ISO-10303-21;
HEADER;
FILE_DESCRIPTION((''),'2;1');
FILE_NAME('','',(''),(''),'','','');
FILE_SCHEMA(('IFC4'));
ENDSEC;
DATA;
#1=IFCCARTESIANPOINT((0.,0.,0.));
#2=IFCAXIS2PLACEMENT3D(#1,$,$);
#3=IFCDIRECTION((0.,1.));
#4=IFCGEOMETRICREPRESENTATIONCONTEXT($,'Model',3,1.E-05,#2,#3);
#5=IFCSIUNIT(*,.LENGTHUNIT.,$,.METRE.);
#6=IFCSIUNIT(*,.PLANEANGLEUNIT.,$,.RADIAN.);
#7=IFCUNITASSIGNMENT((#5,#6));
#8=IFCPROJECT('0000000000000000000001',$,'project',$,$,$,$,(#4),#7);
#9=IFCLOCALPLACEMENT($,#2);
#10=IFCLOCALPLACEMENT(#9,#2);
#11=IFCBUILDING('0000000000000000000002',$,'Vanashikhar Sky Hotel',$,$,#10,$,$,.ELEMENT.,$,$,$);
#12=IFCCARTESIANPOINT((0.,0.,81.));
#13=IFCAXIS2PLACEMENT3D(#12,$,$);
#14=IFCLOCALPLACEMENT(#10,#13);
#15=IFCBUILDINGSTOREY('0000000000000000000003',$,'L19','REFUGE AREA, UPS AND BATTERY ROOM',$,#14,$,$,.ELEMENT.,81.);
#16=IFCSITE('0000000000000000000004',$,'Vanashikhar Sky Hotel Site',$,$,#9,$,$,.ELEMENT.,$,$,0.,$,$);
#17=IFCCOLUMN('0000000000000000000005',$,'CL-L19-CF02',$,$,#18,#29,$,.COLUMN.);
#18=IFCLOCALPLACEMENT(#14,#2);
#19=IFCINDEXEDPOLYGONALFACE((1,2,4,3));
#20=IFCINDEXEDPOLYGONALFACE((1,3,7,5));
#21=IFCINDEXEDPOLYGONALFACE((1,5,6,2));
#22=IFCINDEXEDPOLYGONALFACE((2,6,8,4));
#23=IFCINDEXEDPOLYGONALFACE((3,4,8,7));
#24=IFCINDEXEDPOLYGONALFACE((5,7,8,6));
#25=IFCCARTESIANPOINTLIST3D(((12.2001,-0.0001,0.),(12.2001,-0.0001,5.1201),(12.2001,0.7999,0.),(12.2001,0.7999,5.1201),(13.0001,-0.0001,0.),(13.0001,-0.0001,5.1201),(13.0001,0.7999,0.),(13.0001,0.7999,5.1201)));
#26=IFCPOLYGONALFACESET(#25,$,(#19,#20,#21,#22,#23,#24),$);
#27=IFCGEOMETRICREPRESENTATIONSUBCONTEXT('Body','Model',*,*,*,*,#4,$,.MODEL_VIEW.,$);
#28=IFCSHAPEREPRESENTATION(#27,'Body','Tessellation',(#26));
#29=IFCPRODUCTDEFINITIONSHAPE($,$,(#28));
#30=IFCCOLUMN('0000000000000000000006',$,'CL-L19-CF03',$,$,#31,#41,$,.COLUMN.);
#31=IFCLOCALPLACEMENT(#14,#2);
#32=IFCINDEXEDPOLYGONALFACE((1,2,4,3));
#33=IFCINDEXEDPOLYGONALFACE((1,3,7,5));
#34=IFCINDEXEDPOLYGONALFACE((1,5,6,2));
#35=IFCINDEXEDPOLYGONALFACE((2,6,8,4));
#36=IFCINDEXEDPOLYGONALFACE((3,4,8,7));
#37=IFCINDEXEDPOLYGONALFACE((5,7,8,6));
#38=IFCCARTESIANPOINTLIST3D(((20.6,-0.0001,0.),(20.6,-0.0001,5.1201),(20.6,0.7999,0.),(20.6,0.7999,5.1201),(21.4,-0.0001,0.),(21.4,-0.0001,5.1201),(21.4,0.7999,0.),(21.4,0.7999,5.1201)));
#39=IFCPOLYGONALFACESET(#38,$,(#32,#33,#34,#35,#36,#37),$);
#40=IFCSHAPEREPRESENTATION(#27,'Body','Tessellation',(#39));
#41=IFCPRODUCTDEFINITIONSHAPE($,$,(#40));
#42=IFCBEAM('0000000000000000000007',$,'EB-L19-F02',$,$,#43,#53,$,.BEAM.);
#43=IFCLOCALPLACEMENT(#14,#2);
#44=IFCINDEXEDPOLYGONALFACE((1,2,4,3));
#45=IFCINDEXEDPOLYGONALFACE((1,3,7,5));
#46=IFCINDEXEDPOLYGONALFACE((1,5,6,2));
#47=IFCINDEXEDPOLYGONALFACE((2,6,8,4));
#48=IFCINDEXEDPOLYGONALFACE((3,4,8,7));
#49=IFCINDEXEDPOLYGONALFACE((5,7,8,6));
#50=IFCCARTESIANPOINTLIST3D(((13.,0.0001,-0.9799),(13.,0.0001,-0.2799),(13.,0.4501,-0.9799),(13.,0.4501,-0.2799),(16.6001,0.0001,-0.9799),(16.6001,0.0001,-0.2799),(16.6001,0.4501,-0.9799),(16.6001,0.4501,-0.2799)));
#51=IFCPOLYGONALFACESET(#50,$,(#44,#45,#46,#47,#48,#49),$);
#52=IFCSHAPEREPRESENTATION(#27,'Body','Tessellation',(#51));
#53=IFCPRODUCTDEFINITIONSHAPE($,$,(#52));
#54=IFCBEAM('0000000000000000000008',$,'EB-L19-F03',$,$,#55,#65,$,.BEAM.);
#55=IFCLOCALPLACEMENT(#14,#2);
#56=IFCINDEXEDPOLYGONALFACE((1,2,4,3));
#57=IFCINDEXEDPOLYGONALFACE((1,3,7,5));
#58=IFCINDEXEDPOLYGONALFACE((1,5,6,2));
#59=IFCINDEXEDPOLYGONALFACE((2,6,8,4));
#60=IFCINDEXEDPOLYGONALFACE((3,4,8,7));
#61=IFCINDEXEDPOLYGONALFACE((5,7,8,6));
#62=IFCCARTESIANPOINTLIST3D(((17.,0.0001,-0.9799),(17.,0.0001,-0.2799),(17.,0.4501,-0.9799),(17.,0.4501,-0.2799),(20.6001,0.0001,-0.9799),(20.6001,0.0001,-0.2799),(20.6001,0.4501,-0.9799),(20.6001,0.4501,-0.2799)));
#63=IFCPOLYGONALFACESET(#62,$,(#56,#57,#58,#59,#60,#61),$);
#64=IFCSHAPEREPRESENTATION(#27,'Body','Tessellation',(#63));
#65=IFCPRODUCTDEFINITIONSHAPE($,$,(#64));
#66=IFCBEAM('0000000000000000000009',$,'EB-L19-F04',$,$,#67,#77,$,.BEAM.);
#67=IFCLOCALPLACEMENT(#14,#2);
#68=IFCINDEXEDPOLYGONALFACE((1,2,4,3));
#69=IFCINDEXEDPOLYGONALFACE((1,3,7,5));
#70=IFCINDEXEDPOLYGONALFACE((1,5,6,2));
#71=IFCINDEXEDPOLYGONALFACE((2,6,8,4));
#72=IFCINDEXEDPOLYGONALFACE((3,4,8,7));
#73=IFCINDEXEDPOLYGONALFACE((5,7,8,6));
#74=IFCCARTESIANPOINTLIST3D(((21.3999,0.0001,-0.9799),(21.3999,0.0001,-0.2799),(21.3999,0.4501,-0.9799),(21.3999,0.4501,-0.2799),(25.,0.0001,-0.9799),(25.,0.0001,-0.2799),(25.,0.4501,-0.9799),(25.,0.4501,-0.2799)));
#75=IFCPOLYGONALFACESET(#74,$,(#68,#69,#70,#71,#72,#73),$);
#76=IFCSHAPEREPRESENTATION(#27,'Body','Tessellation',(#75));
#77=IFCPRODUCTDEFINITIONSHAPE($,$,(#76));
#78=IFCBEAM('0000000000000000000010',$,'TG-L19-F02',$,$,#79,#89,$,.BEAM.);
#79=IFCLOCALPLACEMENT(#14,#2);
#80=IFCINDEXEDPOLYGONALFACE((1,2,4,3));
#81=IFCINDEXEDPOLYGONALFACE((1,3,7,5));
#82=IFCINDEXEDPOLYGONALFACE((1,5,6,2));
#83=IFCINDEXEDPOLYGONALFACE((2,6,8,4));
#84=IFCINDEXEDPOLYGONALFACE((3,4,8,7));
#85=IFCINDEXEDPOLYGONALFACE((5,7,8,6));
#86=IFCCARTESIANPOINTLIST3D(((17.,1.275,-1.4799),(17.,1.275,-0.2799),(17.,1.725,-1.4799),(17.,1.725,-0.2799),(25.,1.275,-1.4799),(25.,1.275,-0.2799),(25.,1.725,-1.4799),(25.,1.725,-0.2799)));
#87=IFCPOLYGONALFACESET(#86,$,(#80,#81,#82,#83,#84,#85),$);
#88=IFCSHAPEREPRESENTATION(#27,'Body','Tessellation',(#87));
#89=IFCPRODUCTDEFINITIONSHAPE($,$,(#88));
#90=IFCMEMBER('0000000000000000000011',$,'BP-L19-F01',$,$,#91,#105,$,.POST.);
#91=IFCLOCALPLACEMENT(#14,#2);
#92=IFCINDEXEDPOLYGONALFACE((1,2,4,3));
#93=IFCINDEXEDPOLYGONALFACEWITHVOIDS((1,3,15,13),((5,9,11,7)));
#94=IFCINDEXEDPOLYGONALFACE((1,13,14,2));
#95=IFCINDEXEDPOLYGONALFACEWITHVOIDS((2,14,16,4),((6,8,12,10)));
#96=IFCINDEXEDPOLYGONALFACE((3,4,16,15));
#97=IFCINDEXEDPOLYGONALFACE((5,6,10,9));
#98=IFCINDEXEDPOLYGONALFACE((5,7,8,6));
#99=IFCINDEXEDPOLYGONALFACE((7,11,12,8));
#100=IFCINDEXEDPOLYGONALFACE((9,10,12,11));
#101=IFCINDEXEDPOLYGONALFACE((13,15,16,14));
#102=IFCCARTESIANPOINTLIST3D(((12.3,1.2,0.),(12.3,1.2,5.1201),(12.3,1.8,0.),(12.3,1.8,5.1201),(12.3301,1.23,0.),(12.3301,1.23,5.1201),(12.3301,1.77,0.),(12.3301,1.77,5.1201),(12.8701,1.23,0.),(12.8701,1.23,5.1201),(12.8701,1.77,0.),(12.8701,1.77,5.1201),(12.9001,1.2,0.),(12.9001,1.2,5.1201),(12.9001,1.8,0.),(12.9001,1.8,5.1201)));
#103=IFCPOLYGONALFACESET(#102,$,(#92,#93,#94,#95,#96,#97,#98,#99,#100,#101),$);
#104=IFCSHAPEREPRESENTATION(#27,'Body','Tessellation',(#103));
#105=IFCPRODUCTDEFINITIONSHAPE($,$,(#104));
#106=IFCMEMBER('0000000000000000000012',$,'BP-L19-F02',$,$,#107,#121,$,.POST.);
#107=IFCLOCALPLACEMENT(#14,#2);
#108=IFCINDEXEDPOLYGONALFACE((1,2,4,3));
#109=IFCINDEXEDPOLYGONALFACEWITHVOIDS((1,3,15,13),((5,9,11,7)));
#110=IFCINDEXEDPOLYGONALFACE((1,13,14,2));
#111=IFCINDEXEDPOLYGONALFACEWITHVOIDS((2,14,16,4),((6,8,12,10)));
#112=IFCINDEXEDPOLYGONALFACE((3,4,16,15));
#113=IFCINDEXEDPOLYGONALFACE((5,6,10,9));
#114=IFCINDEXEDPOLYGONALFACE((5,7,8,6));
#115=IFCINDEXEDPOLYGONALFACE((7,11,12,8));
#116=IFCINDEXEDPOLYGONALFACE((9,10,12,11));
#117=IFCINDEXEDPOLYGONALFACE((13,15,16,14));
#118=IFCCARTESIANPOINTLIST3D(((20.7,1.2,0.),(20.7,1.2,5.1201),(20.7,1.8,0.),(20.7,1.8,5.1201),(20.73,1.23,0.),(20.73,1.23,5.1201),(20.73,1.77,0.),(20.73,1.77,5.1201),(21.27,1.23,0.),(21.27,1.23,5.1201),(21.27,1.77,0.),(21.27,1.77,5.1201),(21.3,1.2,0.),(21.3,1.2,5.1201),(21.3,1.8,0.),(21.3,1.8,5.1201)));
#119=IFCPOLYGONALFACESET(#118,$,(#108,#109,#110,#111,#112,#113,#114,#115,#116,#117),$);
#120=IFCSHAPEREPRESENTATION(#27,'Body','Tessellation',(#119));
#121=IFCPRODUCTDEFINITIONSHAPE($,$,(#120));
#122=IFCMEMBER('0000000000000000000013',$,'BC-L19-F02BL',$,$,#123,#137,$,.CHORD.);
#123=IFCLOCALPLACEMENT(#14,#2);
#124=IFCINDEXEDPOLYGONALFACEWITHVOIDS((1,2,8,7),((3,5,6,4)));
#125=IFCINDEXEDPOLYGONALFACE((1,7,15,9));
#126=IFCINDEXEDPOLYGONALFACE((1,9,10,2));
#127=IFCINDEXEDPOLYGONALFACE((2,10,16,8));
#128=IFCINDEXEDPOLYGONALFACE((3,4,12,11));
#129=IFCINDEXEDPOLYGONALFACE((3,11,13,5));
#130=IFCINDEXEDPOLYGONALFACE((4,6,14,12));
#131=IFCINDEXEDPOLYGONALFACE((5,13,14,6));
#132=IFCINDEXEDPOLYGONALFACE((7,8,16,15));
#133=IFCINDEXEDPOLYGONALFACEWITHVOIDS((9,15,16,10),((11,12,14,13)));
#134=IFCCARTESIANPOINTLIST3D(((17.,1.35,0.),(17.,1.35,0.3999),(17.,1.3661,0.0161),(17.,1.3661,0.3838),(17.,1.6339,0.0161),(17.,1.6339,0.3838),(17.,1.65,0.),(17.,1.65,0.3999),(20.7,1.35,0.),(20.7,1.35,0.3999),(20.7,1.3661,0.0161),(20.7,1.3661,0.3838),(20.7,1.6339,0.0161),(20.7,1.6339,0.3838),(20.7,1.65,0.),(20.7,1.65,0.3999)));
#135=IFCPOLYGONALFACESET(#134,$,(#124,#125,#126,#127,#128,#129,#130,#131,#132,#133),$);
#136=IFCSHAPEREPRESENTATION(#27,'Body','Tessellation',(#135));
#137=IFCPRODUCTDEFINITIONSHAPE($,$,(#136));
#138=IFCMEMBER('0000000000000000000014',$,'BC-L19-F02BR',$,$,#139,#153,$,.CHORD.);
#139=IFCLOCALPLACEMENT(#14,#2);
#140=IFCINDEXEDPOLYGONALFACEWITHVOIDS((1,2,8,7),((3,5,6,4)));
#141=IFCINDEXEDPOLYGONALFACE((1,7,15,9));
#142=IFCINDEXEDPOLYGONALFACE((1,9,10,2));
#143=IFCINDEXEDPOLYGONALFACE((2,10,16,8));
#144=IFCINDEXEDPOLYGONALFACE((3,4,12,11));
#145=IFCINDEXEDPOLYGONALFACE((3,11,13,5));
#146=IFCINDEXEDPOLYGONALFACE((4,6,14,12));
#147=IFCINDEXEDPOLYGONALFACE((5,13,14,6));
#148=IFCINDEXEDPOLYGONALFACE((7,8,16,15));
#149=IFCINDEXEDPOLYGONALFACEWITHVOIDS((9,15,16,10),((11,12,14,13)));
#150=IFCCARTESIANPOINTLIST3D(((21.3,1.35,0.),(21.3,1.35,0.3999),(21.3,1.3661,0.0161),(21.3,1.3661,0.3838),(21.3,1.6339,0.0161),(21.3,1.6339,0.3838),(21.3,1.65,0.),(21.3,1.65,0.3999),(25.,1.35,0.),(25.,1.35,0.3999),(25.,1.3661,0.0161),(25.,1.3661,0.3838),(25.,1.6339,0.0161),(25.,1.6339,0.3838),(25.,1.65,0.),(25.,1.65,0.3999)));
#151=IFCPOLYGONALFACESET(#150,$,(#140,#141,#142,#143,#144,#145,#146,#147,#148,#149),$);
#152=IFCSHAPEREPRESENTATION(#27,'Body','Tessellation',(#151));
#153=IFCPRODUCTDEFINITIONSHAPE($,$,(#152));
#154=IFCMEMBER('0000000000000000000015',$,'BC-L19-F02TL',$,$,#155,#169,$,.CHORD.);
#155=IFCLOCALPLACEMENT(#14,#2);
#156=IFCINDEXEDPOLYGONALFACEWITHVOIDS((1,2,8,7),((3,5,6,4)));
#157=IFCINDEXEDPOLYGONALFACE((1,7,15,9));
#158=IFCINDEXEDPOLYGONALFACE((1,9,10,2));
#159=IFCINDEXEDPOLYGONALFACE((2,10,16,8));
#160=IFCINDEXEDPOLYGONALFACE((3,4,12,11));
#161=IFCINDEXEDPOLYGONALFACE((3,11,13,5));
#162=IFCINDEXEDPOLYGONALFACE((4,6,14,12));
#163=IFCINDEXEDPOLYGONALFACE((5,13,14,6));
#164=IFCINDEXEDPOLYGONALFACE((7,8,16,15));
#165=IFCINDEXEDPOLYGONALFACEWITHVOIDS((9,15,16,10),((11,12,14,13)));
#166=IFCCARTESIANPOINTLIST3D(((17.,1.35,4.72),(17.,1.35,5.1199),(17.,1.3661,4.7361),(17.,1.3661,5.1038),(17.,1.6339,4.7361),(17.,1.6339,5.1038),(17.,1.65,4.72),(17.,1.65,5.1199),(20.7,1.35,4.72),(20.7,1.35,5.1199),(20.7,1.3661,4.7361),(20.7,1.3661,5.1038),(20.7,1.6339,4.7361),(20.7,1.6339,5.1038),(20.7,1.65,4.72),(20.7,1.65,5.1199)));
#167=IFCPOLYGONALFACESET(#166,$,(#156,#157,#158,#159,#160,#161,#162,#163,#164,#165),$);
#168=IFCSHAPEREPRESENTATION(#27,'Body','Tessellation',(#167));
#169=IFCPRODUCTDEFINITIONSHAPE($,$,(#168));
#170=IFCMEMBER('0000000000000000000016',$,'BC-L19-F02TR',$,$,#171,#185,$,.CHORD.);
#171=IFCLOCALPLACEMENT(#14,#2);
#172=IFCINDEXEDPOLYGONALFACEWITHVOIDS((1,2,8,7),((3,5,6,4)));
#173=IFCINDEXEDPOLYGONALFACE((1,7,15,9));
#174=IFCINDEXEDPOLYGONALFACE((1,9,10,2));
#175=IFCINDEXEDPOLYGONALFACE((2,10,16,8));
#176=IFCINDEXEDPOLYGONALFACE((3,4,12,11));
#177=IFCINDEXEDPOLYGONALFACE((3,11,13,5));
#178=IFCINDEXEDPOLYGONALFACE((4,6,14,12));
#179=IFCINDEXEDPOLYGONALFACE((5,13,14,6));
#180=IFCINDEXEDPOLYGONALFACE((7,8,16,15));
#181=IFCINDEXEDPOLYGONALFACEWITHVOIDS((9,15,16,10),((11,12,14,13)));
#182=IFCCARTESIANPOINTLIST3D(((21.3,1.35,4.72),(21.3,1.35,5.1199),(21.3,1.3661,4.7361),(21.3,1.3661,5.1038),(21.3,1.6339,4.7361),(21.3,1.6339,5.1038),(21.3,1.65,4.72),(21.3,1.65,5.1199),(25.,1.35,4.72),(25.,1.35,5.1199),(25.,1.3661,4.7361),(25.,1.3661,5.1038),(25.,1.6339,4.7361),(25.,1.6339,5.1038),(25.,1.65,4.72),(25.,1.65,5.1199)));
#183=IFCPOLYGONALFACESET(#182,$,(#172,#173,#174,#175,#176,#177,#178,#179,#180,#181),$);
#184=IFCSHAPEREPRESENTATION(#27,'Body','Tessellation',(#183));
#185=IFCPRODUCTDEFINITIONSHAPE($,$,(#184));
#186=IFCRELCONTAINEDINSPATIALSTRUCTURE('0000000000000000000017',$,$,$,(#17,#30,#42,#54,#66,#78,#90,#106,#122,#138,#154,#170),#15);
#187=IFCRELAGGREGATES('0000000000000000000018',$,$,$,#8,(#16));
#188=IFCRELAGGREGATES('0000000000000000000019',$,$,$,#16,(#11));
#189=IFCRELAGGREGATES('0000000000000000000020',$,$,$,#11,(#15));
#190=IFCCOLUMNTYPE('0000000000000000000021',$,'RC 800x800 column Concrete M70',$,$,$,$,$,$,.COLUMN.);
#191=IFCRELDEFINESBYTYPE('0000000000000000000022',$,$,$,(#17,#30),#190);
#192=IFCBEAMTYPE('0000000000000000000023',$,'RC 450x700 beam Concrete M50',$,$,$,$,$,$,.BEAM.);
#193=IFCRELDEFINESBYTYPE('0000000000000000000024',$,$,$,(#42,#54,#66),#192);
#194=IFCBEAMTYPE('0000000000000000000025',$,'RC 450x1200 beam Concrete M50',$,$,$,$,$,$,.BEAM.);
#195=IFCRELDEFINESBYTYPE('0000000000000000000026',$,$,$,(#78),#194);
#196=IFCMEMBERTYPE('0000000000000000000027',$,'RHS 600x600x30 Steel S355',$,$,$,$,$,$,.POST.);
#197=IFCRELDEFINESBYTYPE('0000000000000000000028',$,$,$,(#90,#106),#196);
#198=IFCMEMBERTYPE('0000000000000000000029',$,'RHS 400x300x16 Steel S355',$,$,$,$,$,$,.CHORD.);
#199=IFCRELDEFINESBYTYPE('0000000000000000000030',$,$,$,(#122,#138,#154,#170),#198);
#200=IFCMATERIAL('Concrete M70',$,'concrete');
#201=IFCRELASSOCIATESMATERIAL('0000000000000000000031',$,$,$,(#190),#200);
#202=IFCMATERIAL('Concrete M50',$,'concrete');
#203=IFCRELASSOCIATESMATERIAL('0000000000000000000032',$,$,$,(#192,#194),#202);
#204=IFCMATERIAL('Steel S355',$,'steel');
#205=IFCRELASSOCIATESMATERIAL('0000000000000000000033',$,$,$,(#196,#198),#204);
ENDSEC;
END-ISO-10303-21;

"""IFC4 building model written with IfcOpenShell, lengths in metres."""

from ifc_helpers import new_model, si_unit, direction, frame, origin, origin_2d, place, context, subcontext, project, spatial, rectangle, hollow_rectangle, extrude, source, transform, mapped, material, material_profile, profile_set, type_object, element, save


model = new_model("IFC4")

# Units and contexts
model_context = context("Model", 3, precision=1e-05, world=origin(), true_north=direction((0.0, 1.0)))
body_context = subcontext(model_context, "Body", "Model", "MODEL_VIEW")
ifc_project = project(units=[si_unit("LENGTHUNIT", "METRE"), si_unit("PLANEANGLEUNIT", "RADIAN")], contexts=[model_context])

# Site, building, storey
site_placement = place(None, origin())
site = spatial("IfcSite", under=ifc_project, at=site_placement, Name="Vanashikhar Sky Hotel Site", CompositionType="ELEMENT", RefElevation=0.0)
building_placement = place(site_placement, origin())
building = spatial("IfcBuilding", under=site, at=building_placement, Name="Vanashikhar Sky Hotel", CompositionType="ELEMENT")
storey_placement = place(building_placement, frame((0.0, 0.0, 81.0)))
storey = spatial("IfcBuildingStorey", under=building, at=storey_placement, Name="L19", Description="REFUGE AREA, UPS AND BATTERY ROOM", CompositionType="ELEMENT", Elevation=81.0)

# Columns
ifc_material_1 = material(Name="Concrete M70", Category="concrete")
ifc_material_profile_1 = material_profile(ifc_material_1, rectangle(XDim=0.8, YDim=0.8, at=origin_2d()))
ifc_profile_set_1 = profile_set([ifc_material_profile_1], Name="RC 800x800 column Concrete M70")
column_type = type_object("IfcColumnType", Name="RC 800x800 column Concrete M70", PredefinedType="COLUMN", material=ifc_profile_set_1)
shared_shape_1 = source(origin(), body_context, "Body", "SweptSolid", [
    extrude(rectangle(XDim=0.8, YDim=0.8, at=origin_2d()), origin(), (0.0, 0.0, 1.0), 5.1201),
])
for number, where, z_axis, x_axis, name in (
    (1, (12.6001, 0.3999, 0.0), (0.0, 0.0, 1.0), (1.0, 0.0, 0.0), "CL-L19-CF02"),
    (2, (21.0, 0.3999, 0.0), (0.0, 0.0, 1.0), (1.0, 0.0, 0.0), "CL-L19-CF03"),
):
    element("IfcColumn", number, at=place(storey_placement, frame(where, z_axis=z_axis, x_axis=x_axis)), inside=storey, type_object=column_type, Name=name, PredefinedType="COLUMN", context=body_context, shape_type="MappedRepresentation", body=[
        mapped(shared_shape_1, transform((0.0, 0.0, 0.0), scale=1.0)),
    ])

# Beams
ifc_material_2 = material(Name="Concrete M50", Category="concrete")
ifc_material_profile_2 = material_profile(ifc_material_2, rectangle(XDim=0.45, YDim=0.7, at=origin_2d()))
ifc_profile_set_2 = profile_set([ifc_material_profile_2], Name="RC 450x700 beam Concrete M50")
beam_type_1 = type_object("IfcBeamType", Name="RC 450x700 beam Concrete M50", PredefinedType="BEAM", material=ifc_profile_set_2)
shared_shape_2 = source(origin(), body_context, "Body", "SweptSolid", [
    extrude(rectangle(XDim=0.45, YDim=0.7, at=origin_2d()), origin(), (0.0, 0.0, 1.0), 3.6001),
])
for number, where, z_axis, x_axis, name in (
    (3, (13.0, 0.2251, -0.6299), (1.0, 0.0, 0.0), (0.0, 1.0, 0.0), "EB-L19-F02"),
    (4, (17.0, 0.2251, -0.6299), (1.0, 0.0, 0.0), (0.0, 1.0, 0.0), "EB-L19-F03"),
    (5, (21.3999, 0.2251, -0.6299), (1.0, 0.0, 0.0), (0.0, 1.0, 0.0), "EB-L19-F04"),
):
    element("IfcBeam", number, at=place(storey_placement, frame(where, z_axis=z_axis, x_axis=x_axis)), inside=storey, type_object=beam_type_1, Name=name, PredefinedType="BEAM", context=body_context, shape_type="MappedRepresentation", body=[
        mapped(shared_shape_2, transform((0.0, 0.0, 0.0), scale=1.0)),
    ])
ifc_material_profile_3 = material_profile(ifc_material_2, rectangle(XDim=0.45, YDim=1.2, at=origin_2d()))
ifc_profile_set_3 = profile_set([ifc_material_profile_3], Name="RC 450x1200 beam Concrete M50")
beam_type_2 = type_object("IfcBeamType", Name="RC 450x1200 beam Concrete M50", PredefinedType="BEAM", material=ifc_profile_set_3)
shared_shape_3 = source(origin(), body_context, "Body", "SweptSolid", [
    extrude(rectangle(XDim=0.45, YDim=1.2, at=origin_2d()), origin(), (0.0, 0.0, 1.0), 8.0),
])
beam_placement = place(storey_placement, frame((17.0, 1.5, -0.8799), z_axis=(1.0, 0.0, 0.0), x_axis=(0.0, 1.0, 0.0)))
element("IfcBeam", 6, at=beam_placement, inside=storey, type_object=beam_type_2, Name="TG-L19-F02", PredefinedType="BEAM", context=body_context, shape_type="MappedRepresentation", body=[
    mapped(shared_shape_3, transform((0.0, 0.0, 0.0), scale=1.0)),
])

# Members
ifc_material_3 = material(Name="Steel S355", Category="steel")
ifc_material_profile_4 = material_profile(ifc_material_3, hollow_rectangle(XDim=0.6001, YDim=0.6001, WallThickness=0.03, at=origin_2d()))
ifc_profile_set_4 = profile_set([ifc_material_profile_4], Name="RHS 600x600x30 Steel S355")
member_type_1 = type_object("IfcMemberType", Name="RHS 600x600x30 Steel S355", PredefinedType="POST", material=ifc_profile_set_4)
shared_shape_4 = source(origin(), body_context, "Body", "SweptSolid", [
    extrude(hollow_rectangle(XDim=0.6001, YDim=0.6001, WallThickness=0.03, at=origin_2d()), origin(), (0.0, 0.0, 1.0), 5.1201),
])
for number, where, z_axis, x_axis, name in (
    (7, (12.6001, 1.5, 0.0), (0.0, 0.0, 1.0), (1.0, 0.0, 0.0), "BP-L19-F01"),
    (8, (21.0, 1.5, 0.0), (0.0, 0.0, 1.0), (1.0, 0.0, 0.0), "BP-L19-F02"),
):
    element("IfcMember", number, at=place(storey_placement, frame(where, z_axis=z_axis, x_axis=x_axis)), inside=storey, type_object=member_type_1, Name=name, PredefinedType="POST", context=body_context, shape_type="MappedRepresentation", body=[
        mapped(shared_shape_4, transform((0.0, 0.0, 0.0), scale=1.0)),
    ])
ifc_material_profile_5 = material_profile(ifc_material_3, hollow_rectangle(XDim=0.3, YDim=0.3999, WallThickness=0.0161, at=origin_2d()))
ifc_profile_set_5 = profile_set([ifc_material_profile_5], Name="RHS 400x300x16 Steel S355")
member_type_2 = type_object("IfcMemberType", Name="RHS 400x300x16 Steel S355", PredefinedType="CHORD", material=ifc_profile_set_5)
shared_shape_5 = source(origin(), body_context, "Body", "SweptSolid", [
    extrude(hollow_rectangle(XDim=0.3, YDim=0.3999, WallThickness=0.0161, at=origin_2d()), origin(), (0.0, 0.0, 1.0), 3.7),
])
for number, where, z_axis, x_axis, name in (
    (9, (17.0, 1.5, 0.2), (1.0, 0.0, 0.0), (0.0, 1.0, 0.0), "BC-L19-F02BL"),
    (10, (21.3, 1.5, 0.2), (1.0, 0.0, 0.0), (0.0, 1.0, 0.0), "BC-L19-F02BR"),
    (11, (17.0, 1.5, 4.9199), (1.0, 0.0, 0.0), (0.0, 1.0, 0.0), "BC-L19-F02TL"),
    (12, (21.3, 1.5, 4.9199), (1.0, 0.0, 0.0), (0.0, 1.0, 0.0), "BC-L19-F02TR"),
):
    element("IfcMember", number, at=place(storey_placement, frame(where, z_axis=z_axis, x_axis=x_axis)), inside=storey, type_object=member_type_2, Name=name, PredefinedType="CHORD", context=body_context, shape_type="MappedRepresentation", body=[
        mapped(shared_shape_5, transform((0.0, 0.0, 0.0), scale=1.0)),
    ])

save(model, "model.ifc")
